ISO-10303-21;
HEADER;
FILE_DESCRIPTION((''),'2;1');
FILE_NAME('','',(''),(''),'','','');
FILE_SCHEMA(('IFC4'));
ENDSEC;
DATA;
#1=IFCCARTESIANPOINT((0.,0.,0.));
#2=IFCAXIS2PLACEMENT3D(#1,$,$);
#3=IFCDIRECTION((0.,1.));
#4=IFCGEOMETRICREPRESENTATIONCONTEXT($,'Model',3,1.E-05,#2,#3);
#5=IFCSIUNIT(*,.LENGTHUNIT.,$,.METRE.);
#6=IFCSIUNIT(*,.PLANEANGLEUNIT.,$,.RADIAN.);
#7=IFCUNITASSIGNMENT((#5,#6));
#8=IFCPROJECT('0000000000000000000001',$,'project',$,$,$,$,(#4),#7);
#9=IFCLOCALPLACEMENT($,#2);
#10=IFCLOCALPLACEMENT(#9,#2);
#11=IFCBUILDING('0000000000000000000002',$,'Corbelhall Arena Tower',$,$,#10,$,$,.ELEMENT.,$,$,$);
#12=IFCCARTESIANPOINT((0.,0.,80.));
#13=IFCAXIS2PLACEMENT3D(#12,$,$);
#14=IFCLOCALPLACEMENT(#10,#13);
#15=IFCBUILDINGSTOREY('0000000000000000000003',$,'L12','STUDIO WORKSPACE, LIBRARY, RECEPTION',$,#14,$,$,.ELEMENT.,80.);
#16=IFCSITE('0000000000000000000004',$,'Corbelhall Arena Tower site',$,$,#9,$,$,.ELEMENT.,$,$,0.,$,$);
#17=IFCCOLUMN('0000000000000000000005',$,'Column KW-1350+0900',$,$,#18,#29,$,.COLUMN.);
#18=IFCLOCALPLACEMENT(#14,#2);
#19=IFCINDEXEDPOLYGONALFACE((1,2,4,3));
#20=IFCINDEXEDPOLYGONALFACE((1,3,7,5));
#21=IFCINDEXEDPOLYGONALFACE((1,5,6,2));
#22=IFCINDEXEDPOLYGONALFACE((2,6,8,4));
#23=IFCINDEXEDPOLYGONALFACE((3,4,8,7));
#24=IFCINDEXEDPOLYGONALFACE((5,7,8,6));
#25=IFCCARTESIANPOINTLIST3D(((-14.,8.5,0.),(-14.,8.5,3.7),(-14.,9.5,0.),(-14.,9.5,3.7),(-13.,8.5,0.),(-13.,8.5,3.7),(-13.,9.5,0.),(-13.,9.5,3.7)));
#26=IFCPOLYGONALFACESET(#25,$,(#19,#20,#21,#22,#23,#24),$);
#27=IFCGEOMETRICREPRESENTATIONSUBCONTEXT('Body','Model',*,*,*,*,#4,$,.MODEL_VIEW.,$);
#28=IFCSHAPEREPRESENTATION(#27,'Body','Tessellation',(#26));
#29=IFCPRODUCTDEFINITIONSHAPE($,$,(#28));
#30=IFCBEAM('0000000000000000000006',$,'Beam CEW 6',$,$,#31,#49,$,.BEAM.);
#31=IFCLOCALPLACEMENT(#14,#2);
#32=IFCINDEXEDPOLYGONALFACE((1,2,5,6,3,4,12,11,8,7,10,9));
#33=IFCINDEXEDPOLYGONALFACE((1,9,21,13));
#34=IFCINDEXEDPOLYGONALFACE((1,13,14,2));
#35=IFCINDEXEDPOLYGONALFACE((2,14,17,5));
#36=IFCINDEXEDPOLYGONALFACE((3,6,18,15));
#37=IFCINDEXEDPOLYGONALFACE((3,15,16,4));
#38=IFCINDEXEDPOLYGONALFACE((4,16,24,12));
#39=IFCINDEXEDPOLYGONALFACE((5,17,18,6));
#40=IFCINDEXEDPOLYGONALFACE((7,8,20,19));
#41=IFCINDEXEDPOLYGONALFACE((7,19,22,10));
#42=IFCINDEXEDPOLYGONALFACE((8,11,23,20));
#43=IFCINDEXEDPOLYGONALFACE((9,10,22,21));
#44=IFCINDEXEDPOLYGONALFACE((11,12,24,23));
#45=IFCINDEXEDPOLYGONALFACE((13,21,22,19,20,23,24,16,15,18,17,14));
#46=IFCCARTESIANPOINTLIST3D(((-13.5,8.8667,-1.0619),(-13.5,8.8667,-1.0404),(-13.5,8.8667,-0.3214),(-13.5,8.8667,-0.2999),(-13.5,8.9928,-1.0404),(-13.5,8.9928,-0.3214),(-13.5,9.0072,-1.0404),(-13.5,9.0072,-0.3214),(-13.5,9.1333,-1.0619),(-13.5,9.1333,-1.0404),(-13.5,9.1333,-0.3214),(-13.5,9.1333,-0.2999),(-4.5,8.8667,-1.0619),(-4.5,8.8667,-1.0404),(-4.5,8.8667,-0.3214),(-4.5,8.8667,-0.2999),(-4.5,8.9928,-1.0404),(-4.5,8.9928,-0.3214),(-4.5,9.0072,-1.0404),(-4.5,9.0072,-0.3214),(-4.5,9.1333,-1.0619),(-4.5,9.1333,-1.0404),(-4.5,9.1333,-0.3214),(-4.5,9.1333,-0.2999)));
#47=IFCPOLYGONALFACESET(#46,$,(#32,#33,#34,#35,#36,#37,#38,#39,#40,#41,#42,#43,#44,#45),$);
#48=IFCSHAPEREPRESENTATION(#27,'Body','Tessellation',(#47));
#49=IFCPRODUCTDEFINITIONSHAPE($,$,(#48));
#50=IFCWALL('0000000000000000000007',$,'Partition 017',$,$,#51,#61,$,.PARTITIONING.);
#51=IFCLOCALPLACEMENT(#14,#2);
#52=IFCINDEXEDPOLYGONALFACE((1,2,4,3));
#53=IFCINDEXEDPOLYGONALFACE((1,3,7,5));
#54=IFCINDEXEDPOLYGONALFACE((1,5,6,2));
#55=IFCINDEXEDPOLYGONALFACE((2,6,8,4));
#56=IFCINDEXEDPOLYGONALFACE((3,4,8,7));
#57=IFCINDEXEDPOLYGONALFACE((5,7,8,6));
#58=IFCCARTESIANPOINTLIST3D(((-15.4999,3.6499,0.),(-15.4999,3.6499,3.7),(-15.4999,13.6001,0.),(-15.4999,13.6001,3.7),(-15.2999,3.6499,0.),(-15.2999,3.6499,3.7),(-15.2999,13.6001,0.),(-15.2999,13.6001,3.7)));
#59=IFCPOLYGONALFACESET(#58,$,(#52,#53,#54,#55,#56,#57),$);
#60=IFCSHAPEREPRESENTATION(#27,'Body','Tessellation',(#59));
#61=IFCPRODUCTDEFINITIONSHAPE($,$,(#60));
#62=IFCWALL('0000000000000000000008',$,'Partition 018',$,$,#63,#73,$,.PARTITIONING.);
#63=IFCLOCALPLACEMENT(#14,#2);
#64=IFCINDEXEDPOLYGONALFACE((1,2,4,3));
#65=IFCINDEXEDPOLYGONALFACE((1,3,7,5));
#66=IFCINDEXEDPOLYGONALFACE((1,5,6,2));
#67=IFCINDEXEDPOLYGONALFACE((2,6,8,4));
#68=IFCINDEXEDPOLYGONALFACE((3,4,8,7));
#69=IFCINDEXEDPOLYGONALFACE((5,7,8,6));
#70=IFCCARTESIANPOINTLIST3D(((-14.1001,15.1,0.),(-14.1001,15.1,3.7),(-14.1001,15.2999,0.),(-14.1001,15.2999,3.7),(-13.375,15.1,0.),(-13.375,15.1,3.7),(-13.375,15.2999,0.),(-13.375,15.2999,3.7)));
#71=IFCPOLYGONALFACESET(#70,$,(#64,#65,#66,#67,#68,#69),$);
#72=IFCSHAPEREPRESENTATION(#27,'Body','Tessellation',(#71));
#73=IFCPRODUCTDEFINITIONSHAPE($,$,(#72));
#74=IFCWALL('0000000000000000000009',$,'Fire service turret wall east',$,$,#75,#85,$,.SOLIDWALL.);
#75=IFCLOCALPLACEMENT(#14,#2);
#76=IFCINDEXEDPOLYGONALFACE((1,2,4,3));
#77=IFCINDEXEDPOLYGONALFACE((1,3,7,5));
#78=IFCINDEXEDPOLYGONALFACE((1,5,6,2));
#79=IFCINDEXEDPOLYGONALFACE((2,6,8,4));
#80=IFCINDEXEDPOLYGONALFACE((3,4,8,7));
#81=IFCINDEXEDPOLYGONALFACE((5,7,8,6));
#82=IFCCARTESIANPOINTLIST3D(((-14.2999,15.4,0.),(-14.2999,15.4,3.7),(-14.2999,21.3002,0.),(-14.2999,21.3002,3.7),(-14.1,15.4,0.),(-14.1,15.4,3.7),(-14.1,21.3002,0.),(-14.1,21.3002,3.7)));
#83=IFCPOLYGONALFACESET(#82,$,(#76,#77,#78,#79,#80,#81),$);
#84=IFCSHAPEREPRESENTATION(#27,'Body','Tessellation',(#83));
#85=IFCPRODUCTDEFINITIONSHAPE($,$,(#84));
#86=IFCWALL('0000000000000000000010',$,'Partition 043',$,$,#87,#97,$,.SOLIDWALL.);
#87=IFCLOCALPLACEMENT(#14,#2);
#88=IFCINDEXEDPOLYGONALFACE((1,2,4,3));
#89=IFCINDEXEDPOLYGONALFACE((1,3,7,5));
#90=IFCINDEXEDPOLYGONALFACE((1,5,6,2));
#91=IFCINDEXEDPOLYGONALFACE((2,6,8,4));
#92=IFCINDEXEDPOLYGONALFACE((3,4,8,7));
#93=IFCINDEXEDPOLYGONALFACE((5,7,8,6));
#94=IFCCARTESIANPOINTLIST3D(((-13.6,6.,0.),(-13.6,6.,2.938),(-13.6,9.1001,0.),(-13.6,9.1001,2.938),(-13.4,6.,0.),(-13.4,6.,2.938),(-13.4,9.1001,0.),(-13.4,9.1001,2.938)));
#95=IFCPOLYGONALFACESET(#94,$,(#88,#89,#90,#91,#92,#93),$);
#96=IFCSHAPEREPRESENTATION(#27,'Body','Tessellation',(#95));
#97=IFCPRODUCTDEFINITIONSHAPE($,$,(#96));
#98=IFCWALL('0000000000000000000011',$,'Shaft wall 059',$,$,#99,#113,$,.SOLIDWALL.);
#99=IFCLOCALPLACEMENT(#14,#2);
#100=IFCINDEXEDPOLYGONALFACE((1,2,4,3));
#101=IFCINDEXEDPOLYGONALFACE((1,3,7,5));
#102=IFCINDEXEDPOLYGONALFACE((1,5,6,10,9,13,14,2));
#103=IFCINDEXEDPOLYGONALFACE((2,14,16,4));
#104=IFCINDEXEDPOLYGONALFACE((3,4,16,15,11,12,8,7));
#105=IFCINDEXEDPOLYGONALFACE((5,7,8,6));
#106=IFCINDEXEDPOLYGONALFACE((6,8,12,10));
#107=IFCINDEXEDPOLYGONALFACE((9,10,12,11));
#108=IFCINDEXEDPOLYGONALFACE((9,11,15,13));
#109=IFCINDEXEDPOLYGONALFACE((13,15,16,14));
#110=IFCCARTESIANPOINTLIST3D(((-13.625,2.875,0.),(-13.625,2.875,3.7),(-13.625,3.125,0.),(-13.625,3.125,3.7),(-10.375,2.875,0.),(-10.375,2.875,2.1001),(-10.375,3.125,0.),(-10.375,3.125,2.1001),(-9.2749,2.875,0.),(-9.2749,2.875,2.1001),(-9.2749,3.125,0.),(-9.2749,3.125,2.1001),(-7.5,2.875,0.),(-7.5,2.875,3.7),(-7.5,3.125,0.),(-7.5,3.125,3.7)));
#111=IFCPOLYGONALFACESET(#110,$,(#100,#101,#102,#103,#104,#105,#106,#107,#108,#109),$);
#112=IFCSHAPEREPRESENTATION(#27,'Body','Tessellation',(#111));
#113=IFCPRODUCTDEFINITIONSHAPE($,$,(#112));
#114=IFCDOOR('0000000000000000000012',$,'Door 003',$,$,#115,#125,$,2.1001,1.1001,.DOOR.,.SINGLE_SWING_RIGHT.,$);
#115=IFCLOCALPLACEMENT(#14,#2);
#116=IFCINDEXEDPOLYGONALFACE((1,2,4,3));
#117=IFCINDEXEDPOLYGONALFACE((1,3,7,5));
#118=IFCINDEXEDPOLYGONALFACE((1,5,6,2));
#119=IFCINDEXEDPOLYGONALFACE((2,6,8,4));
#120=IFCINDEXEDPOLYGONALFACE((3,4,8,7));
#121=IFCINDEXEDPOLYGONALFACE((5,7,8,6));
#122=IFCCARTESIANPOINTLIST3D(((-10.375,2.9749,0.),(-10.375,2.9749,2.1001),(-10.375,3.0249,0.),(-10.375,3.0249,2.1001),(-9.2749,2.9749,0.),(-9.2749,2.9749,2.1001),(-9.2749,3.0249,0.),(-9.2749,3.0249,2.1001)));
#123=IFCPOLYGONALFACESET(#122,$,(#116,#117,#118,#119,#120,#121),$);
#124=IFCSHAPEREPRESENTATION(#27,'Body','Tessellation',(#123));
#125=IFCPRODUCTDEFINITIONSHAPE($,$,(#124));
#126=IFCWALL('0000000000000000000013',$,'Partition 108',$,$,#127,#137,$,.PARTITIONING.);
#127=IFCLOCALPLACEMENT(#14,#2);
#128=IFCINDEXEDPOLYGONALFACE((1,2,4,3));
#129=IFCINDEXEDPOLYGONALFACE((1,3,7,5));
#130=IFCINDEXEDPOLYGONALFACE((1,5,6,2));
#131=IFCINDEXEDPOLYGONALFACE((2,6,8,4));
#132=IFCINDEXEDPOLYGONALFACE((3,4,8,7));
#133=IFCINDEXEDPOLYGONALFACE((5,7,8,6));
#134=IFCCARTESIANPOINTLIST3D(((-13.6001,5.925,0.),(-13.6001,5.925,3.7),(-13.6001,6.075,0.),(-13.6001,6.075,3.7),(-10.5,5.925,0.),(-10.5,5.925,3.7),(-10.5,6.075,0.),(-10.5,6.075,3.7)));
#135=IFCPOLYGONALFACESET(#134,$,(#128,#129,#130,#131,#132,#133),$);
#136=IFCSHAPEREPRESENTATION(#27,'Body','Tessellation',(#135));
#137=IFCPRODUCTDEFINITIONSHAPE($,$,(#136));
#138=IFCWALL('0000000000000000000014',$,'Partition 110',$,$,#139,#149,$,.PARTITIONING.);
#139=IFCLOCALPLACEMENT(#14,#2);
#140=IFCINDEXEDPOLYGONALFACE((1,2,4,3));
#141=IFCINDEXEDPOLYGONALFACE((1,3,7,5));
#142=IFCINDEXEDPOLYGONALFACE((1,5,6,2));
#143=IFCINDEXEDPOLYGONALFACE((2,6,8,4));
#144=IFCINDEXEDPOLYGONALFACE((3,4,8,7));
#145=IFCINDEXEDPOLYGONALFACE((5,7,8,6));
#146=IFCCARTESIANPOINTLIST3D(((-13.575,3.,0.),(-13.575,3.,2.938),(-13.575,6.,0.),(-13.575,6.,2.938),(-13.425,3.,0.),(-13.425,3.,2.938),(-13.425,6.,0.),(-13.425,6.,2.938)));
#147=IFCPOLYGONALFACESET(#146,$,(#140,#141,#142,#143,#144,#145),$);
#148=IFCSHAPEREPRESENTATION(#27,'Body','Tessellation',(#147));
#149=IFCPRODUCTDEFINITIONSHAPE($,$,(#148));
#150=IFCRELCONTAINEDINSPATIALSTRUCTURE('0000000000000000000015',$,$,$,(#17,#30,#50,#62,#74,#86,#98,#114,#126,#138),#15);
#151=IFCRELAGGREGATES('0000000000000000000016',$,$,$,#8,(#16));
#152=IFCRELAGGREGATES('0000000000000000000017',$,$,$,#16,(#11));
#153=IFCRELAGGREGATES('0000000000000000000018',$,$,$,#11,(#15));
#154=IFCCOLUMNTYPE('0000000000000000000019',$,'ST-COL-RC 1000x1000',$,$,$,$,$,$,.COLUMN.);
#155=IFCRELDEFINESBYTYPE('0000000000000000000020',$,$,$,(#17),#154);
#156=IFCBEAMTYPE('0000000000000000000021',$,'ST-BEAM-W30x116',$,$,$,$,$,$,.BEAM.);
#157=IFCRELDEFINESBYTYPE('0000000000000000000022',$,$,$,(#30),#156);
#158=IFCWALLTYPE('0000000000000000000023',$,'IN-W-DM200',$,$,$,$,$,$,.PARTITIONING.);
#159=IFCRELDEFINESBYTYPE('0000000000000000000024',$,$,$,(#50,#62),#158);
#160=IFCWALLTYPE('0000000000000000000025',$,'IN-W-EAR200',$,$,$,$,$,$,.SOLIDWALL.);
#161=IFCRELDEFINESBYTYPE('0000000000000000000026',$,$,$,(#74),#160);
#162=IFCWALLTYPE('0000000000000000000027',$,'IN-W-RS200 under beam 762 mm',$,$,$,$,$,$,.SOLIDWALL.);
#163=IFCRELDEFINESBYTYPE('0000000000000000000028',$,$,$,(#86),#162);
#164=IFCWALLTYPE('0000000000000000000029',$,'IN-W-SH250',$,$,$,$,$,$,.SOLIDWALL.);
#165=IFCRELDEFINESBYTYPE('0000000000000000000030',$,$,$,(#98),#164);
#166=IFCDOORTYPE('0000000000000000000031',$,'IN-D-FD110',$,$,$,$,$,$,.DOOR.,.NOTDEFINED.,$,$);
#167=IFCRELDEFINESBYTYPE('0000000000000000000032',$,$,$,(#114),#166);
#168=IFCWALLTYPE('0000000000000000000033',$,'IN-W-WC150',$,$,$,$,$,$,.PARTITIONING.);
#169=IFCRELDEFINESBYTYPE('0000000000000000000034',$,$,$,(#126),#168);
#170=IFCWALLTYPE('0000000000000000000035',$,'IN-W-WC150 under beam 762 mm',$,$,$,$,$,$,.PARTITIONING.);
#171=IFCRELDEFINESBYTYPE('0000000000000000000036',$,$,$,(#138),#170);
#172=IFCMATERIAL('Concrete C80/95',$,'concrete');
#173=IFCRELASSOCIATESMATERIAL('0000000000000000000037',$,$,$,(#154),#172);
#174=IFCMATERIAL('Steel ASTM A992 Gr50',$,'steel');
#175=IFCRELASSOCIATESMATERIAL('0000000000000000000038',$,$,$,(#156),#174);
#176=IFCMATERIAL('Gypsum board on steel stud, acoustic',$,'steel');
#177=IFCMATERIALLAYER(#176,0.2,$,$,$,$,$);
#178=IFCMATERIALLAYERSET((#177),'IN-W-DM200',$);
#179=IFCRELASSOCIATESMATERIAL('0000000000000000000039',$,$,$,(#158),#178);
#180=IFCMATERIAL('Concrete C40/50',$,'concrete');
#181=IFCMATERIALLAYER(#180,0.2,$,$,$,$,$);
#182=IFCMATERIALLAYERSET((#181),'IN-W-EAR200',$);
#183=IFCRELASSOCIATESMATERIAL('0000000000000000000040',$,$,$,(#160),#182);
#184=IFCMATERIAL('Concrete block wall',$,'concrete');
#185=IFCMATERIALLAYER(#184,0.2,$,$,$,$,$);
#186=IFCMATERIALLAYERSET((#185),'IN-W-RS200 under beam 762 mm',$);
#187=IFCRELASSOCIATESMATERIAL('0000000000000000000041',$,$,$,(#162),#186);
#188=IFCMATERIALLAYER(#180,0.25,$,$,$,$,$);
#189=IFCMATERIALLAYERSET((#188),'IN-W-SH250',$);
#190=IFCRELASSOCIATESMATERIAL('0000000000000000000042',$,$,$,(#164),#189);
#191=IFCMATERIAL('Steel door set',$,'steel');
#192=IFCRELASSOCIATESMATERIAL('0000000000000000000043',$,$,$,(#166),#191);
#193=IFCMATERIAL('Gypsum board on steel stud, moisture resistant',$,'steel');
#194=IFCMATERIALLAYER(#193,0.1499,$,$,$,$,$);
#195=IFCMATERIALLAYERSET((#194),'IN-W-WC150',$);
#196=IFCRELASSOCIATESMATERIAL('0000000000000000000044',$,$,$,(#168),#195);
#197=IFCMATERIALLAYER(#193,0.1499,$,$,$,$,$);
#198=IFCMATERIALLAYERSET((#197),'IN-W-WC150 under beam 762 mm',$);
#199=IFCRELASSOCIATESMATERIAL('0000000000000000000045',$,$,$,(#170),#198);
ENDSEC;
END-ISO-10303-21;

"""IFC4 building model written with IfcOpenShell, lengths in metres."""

from ifc_helpers import new_model, si_unit, direction, frame, frame_2d, origin, origin_2d, place, context, subcontext, project, spatial, rectangle, i_section, extrude, material, layer, layer_set, material_profile, profile_set, type_object, element, fill, save


model = new_model("IFC4")

# Units and contexts
model_context = context("Model", 3, precision=1e-05, world=origin(), true_north=direction((0.0, 1.0)))
body_context = subcontext(model_context, "Body", "Model", "MODEL_VIEW")
ifc_project = project(units=[si_unit("LENGTHUNIT", "METRE"), si_unit("PLANEANGLEUNIT", "RADIAN")], contexts=[model_context])

# Site, building, storey
site_placement = place(None, origin())
site = spatial("IfcSite", under=ifc_project, at=site_placement, Name="Corbelhall Arena Tower site", CompositionType="ELEMENT", RefElevation=0.0)
building_placement = place(site_placement, origin())
building = spatial("IfcBuilding", under=site, at=building_placement, Name="Corbelhall Arena Tower", CompositionType="ELEMENT")
storey_placement = place(building_placement, frame((0.0, 0.0, 80.0)))
storey = spatial("IfcBuildingStorey", under=building, at=storey_placement, Name="L12", Description="STUDIO WORKSPACE, LIBRARY, RECEPTION", CompositionType="ELEMENT", Elevation=80.0)

# Column
ifc_material_1 = material(Name="Concrete C80/95", Category="concrete")
ifc_material_profile_1 = material_profile(ifc_material_1, rectangle(XDim=1.0, YDim=1.0, at=origin_2d()))
ifc_profile_set_1 = profile_set([ifc_material_profile_1], Name="Concrete C80/95")
column_type = type_object("IfcColumnType", Name="ST-COL-RC 1000x1000", PredefinedType="COLUMN", material=ifc_profile_set_1)
column_placement = place(storey_placement, frame((-13.5, 9.0, 0.0), z_axis=(0.0, 0.0, 1.0), x_axis=(1.0, 0.0, 0.0)))
element("IfcColumn", 1, at=column_placement, inside=storey, type_object=column_type, Name="Column KW-1350+0900", PredefinedType="COLUMN", context=body_context, shape_type="SweptSolid", body=[
    extrude(rectangle(XDim=1.0, YDim=1.0, at=origin_2d()), origin(), (0.0, 0.0, 1.0), 3.7),
])

# Beam
ifc_material_2 = material(Name="Steel ASTM A992 Gr50", Category="steel")
ifc_material_profile_2 = material_profile(ifc_material_2, i_section(OverallWidth=0.2666, OverallDepth=0.762, WebThickness=0.0144, FlangeThickness=0.0215, at=origin_2d()))
ifc_profile_set_2 = profile_set([ifc_material_profile_2], Name="Steel ASTM A992 Gr50")
beam_type = type_object("IfcBeamType", Name="ST-BEAM-W30x116", PredefinedType="BEAM", material=ifc_profile_set_2)
beam_placement = place(storey_placement, frame((-13.5, 9.0, -0.6809), z_axis=(1.0, 0.0, 0.0), x_axis=(0.0, 1.0, 0.0)))
element("IfcBeam", 2, at=beam_placement, inside=storey, type_object=beam_type, Name="Beam CEW 6", PredefinedType="BEAM", context=body_context, shape_type="SweptSolid", body=[
    extrude(i_section(OverallWidth=0.2666, OverallDepth=0.762, WebThickness=0.0144, FlangeThickness=0.0215, at=origin_2d()), origin(), (0.0, 0.0, 1.0), 9.0),
])

# Shared definitions
ifc_material_3 = material(Name="Gypsum board on steel stud, acoustic", Category="steel")
ifc_layer_1 = layer(ifc_material_3, 0.2)
ifc_layer_set_1 = layer_set([ifc_layer_1], Name="IN-W-DM200")
wall_type_1 = type_object("IfcWallType", Name="IN-W-DM200", PredefinedType="PARTITIONING", material=ifc_layer_set_1)
ifc_material_4 = material(Name="Steel door set", Category="steel")

# Walls
wall_1_placement = place(storey_placement, frame((-15.3999, 3.6499, 0.0), z_axis=(0.0, 0.0, 1.0), x_axis=(0.0, 1.0, 0.0)))
element("IfcWall", 3, at=wall_1_placement, inside=storey, type_object=wall_type_1, Name="Partition 017", PredefinedType="PARTITIONING", context=body_context, shape_type="SweptSolid", body=[
    extrude(rectangle(XDim=9.9502, YDim=0.2, at=frame_2d((4.9751, 0.0))), origin(), (0.0, 0.0, 1.0), 3.7),
])
wall_2_placement = place(storey_placement, frame((-14.1001, 15.2, 0.0), z_axis=(0.0, 0.0, 1.0), x_axis=(1.0, 0.0, 0.0)))
element("IfcWall", 4, at=wall_2_placement, inside=storey, type_object=wall_type_1, Name="Partition 018", PredefinedType="PARTITIONING", context=body_context, shape_type="SweptSolid", body=[
    extrude(rectangle(XDim=0.7251, YDim=0.2, at=frame_2d((0.3625, 0.0))), origin(), (0.0, 0.0, 1.0), 3.7),
])
ifc_material_5 = material(Name="Concrete C40/50", Category="concrete")
ifc_layer_2 = layer(ifc_material_5, 0.2)
ifc_layer_set_2 = layer_set([ifc_layer_2], Name="IN-W-EAR200")
wall_type_2 = type_object("IfcWallType", Name="IN-W-EAR200", PredefinedType="SOLIDWALL", material=ifc_layer_set_2)
wall_3_placement = place(storey_placement, frame((-14.2, 15.3999, 0.0), z_axis=(0.0, 0.0, 1.0), x_axis=(0.0, 1.0, 0.0)))
element("IfcWall", 5, at=wall_3_placement, inside=storey, type_object=wall_type_2, Name="Fire service turret wall east", PredefinedType="SOLIDWALL", context=body_context, shape_type="SweptSolid", body=[
    extrude(rectangle(XDim=5.9001, YDim=0.2, at=frame_2d((2.9502, 0.0))), origin(), (0.0, 0.0, 1.0), 3.7),
])

# Wall
ifc_material_6 = material(Name="Concrete block wall", Category="concrete")
ifc_layer_3 = layer(ifc_material_6, 0.2)
ifc_layer_set_3 = layer_set([ifc_layer_3], Name="IN-W-RS200 under beam 762 mm")
wall_type_3 = type_object("IfcWallType", Name="IN-W-RS200 under beam 762 mm", PredefinedType="SOLIDWALL", material=ifc_layer_set_3)
wall_4_placement = place(storey_placement, frame((-13.5, 6.0, 0.0), z_axis=(0.0, 0.0, 1.0), x_axis=(0.0, 1.0, 0.0)))
element("IfcWall", 6, at=wall_4_placement, inside=storey, type_object=wall_type_3, Name="Partition 043", PredefinedType="SOLIDWALL", context=body_context, shape_type="SweptSolid", body=[
    extrude(rectangle(XDim=3.1001, YDim=0.2, at=frame_2d((1.55, 0.0))), origin(), (0.0, 0.0, 1.0), 2.938),
])

# Wall, opening, door
ifc_layer_4 = layer(ifc_material_5, 0.25)
ifc_layer_set_4 = layer_set([ifc_layer_4], Name="IN-W-SH250")
wall_type_4 = type_object("IfcWallType", Name="IN-W-SH250", PredefinedType="SOLIDWALL", material=ifc_layer_set_4)
wall_5_placement = place(storey_placement, frame((-13.625, 3.0, 0.0), z_axis=(0.0, 0.0, 1.0), x_axis=(1.0, 0.0, 0.0)))
wall_5 = element("IfcWall", 7, at=wall_5_placement, inside=storey, type_object=wall_type_4, Name="Shaft wall 059", PredefinedType="SOLIDWALL", context=body_context, shape_type="SweptSolid", body=[
    extrude(rectangle(XDim=6.125, YDim=0.25, at=frame_2d((3.0625, 0.0))), origin(), (0.0, 0.0, 1.0), 3.7),
])
opening_1_placement = place(wall_5_placement, frame((3.25, 0.0, 0.0)))
opening_1 = element("IfcOpeningElement", 8, at=opening_1_placement, cuts=wall_5, PredefinedType="OPENING", context=body_context, shape_type="SweptSolid", body=[
    extrude(rectangle(XDim=1.1001, YDim=2.1001, at=frame_2d((0.55, 1.05))), frame((0.0, 0.125, 0.0), z_axis=(0.0, -1.0, 0.0), x_axis=(1.0, 0.0, 0.0)), (0.0, 0.0, 1.0), 0.25),
])
door_type_1 = type_object("IfcDoorType", Name="IN-D-FD110", OperationType="NOTDEFINED", PredefinedType="DOOR", material=ifc_material_4)
door_1_placement = place(opening_1_placement, origin())
door_1 = element("IfcDoor", 9, at=door_1_placement, inside=storey, type_object=door_type_1, Name="Door 003", OperationType="SINGLE_SWING_RIGHT", OverallHeight=2.1001, OverallWidth=1.1001, PredefinedType="DOOR", context=body_context, shape_type="SweptSolid", body=[
    extrude(rectangle(XDim=1.1001, YDim=2.1001, at=frame_2d((0.55, 1.05))), frame((0.0, 0.0249, 0.0), z_axis=(0.0, -1.0, 0.0), x_axis=(1.0, 0.0, 0.0)), (0.0, 0.0, 1.0), 0.05),
])
fill(opening_1, door_1)

# Walls
ifc_material_7 = material(Name="Gypsum board on steel stud, moisture resistant", Category="steel")
ifc_layer_5 = layer(ifc_material_7, 0.1499)
ifc_layer_set_5 = layer_set([ifc_layer_5], Name="IN-W-WC150")
wall_type_5 = type_object("IfcWallType", Name="IN-W-WC150", PredefinedType="PARTITIONING", material=ifc_layer_set_5)
wall_6_placement = place(storey_placement, frame((-13.6001, 6.0, 0.0), z_axis=(0.0, 0.0, 1.0), x_axis=(1.0, 0.0, 0.0)))
element("IfcWall", 10, at=wall_6_placement, inside=storey, type_object=wall_type_5, Name="Partition 108", PredefinedType="PARTITIONING", context=body_context, shape_type="SweptSolid", body=[
    extrude(rectangle(XDim=3.1001, YDim=0.1499, at=frame_2d((1.55, 0.0))), origin(), (0.0, 0.0, 1.0), 3.7),
])
ifc_layer_6 = layer(ifc_material_7, 0.1499)
ifc_layer_set_6 = layer_set([ifc_layer_6], Name="IN-W-WC150 under beam 762 mm")
wall_type_6 = type_object("IfcWallType", Name="IN-W-WC150 under beam 762 mm", PredefinedType="PARTITIONING", material=ifc_layer_set_6)
wall_7_placement = place(storey_placement, frame((-13.5, 3.0, 0.0), z_axis=(0.0, 0.0, 1.0), x_axis=(0.0, 1.0, 0.0)))
element("IfcWall", 11, at=wall_7_placement, inside=storey, type_object=wall_type_6, Name="Partition 110", PredefinedType="PARTITIONING", context=body_context, shape_type="SweptSolid", body=[
    extrude(rectangle(XDim=3.0, YDim=0.1499, at=frame_2d((1.5, 0.0))), origin(), (0.0, 0.0, 1.0), 2.938),
])

save(model, "model.ifc")
